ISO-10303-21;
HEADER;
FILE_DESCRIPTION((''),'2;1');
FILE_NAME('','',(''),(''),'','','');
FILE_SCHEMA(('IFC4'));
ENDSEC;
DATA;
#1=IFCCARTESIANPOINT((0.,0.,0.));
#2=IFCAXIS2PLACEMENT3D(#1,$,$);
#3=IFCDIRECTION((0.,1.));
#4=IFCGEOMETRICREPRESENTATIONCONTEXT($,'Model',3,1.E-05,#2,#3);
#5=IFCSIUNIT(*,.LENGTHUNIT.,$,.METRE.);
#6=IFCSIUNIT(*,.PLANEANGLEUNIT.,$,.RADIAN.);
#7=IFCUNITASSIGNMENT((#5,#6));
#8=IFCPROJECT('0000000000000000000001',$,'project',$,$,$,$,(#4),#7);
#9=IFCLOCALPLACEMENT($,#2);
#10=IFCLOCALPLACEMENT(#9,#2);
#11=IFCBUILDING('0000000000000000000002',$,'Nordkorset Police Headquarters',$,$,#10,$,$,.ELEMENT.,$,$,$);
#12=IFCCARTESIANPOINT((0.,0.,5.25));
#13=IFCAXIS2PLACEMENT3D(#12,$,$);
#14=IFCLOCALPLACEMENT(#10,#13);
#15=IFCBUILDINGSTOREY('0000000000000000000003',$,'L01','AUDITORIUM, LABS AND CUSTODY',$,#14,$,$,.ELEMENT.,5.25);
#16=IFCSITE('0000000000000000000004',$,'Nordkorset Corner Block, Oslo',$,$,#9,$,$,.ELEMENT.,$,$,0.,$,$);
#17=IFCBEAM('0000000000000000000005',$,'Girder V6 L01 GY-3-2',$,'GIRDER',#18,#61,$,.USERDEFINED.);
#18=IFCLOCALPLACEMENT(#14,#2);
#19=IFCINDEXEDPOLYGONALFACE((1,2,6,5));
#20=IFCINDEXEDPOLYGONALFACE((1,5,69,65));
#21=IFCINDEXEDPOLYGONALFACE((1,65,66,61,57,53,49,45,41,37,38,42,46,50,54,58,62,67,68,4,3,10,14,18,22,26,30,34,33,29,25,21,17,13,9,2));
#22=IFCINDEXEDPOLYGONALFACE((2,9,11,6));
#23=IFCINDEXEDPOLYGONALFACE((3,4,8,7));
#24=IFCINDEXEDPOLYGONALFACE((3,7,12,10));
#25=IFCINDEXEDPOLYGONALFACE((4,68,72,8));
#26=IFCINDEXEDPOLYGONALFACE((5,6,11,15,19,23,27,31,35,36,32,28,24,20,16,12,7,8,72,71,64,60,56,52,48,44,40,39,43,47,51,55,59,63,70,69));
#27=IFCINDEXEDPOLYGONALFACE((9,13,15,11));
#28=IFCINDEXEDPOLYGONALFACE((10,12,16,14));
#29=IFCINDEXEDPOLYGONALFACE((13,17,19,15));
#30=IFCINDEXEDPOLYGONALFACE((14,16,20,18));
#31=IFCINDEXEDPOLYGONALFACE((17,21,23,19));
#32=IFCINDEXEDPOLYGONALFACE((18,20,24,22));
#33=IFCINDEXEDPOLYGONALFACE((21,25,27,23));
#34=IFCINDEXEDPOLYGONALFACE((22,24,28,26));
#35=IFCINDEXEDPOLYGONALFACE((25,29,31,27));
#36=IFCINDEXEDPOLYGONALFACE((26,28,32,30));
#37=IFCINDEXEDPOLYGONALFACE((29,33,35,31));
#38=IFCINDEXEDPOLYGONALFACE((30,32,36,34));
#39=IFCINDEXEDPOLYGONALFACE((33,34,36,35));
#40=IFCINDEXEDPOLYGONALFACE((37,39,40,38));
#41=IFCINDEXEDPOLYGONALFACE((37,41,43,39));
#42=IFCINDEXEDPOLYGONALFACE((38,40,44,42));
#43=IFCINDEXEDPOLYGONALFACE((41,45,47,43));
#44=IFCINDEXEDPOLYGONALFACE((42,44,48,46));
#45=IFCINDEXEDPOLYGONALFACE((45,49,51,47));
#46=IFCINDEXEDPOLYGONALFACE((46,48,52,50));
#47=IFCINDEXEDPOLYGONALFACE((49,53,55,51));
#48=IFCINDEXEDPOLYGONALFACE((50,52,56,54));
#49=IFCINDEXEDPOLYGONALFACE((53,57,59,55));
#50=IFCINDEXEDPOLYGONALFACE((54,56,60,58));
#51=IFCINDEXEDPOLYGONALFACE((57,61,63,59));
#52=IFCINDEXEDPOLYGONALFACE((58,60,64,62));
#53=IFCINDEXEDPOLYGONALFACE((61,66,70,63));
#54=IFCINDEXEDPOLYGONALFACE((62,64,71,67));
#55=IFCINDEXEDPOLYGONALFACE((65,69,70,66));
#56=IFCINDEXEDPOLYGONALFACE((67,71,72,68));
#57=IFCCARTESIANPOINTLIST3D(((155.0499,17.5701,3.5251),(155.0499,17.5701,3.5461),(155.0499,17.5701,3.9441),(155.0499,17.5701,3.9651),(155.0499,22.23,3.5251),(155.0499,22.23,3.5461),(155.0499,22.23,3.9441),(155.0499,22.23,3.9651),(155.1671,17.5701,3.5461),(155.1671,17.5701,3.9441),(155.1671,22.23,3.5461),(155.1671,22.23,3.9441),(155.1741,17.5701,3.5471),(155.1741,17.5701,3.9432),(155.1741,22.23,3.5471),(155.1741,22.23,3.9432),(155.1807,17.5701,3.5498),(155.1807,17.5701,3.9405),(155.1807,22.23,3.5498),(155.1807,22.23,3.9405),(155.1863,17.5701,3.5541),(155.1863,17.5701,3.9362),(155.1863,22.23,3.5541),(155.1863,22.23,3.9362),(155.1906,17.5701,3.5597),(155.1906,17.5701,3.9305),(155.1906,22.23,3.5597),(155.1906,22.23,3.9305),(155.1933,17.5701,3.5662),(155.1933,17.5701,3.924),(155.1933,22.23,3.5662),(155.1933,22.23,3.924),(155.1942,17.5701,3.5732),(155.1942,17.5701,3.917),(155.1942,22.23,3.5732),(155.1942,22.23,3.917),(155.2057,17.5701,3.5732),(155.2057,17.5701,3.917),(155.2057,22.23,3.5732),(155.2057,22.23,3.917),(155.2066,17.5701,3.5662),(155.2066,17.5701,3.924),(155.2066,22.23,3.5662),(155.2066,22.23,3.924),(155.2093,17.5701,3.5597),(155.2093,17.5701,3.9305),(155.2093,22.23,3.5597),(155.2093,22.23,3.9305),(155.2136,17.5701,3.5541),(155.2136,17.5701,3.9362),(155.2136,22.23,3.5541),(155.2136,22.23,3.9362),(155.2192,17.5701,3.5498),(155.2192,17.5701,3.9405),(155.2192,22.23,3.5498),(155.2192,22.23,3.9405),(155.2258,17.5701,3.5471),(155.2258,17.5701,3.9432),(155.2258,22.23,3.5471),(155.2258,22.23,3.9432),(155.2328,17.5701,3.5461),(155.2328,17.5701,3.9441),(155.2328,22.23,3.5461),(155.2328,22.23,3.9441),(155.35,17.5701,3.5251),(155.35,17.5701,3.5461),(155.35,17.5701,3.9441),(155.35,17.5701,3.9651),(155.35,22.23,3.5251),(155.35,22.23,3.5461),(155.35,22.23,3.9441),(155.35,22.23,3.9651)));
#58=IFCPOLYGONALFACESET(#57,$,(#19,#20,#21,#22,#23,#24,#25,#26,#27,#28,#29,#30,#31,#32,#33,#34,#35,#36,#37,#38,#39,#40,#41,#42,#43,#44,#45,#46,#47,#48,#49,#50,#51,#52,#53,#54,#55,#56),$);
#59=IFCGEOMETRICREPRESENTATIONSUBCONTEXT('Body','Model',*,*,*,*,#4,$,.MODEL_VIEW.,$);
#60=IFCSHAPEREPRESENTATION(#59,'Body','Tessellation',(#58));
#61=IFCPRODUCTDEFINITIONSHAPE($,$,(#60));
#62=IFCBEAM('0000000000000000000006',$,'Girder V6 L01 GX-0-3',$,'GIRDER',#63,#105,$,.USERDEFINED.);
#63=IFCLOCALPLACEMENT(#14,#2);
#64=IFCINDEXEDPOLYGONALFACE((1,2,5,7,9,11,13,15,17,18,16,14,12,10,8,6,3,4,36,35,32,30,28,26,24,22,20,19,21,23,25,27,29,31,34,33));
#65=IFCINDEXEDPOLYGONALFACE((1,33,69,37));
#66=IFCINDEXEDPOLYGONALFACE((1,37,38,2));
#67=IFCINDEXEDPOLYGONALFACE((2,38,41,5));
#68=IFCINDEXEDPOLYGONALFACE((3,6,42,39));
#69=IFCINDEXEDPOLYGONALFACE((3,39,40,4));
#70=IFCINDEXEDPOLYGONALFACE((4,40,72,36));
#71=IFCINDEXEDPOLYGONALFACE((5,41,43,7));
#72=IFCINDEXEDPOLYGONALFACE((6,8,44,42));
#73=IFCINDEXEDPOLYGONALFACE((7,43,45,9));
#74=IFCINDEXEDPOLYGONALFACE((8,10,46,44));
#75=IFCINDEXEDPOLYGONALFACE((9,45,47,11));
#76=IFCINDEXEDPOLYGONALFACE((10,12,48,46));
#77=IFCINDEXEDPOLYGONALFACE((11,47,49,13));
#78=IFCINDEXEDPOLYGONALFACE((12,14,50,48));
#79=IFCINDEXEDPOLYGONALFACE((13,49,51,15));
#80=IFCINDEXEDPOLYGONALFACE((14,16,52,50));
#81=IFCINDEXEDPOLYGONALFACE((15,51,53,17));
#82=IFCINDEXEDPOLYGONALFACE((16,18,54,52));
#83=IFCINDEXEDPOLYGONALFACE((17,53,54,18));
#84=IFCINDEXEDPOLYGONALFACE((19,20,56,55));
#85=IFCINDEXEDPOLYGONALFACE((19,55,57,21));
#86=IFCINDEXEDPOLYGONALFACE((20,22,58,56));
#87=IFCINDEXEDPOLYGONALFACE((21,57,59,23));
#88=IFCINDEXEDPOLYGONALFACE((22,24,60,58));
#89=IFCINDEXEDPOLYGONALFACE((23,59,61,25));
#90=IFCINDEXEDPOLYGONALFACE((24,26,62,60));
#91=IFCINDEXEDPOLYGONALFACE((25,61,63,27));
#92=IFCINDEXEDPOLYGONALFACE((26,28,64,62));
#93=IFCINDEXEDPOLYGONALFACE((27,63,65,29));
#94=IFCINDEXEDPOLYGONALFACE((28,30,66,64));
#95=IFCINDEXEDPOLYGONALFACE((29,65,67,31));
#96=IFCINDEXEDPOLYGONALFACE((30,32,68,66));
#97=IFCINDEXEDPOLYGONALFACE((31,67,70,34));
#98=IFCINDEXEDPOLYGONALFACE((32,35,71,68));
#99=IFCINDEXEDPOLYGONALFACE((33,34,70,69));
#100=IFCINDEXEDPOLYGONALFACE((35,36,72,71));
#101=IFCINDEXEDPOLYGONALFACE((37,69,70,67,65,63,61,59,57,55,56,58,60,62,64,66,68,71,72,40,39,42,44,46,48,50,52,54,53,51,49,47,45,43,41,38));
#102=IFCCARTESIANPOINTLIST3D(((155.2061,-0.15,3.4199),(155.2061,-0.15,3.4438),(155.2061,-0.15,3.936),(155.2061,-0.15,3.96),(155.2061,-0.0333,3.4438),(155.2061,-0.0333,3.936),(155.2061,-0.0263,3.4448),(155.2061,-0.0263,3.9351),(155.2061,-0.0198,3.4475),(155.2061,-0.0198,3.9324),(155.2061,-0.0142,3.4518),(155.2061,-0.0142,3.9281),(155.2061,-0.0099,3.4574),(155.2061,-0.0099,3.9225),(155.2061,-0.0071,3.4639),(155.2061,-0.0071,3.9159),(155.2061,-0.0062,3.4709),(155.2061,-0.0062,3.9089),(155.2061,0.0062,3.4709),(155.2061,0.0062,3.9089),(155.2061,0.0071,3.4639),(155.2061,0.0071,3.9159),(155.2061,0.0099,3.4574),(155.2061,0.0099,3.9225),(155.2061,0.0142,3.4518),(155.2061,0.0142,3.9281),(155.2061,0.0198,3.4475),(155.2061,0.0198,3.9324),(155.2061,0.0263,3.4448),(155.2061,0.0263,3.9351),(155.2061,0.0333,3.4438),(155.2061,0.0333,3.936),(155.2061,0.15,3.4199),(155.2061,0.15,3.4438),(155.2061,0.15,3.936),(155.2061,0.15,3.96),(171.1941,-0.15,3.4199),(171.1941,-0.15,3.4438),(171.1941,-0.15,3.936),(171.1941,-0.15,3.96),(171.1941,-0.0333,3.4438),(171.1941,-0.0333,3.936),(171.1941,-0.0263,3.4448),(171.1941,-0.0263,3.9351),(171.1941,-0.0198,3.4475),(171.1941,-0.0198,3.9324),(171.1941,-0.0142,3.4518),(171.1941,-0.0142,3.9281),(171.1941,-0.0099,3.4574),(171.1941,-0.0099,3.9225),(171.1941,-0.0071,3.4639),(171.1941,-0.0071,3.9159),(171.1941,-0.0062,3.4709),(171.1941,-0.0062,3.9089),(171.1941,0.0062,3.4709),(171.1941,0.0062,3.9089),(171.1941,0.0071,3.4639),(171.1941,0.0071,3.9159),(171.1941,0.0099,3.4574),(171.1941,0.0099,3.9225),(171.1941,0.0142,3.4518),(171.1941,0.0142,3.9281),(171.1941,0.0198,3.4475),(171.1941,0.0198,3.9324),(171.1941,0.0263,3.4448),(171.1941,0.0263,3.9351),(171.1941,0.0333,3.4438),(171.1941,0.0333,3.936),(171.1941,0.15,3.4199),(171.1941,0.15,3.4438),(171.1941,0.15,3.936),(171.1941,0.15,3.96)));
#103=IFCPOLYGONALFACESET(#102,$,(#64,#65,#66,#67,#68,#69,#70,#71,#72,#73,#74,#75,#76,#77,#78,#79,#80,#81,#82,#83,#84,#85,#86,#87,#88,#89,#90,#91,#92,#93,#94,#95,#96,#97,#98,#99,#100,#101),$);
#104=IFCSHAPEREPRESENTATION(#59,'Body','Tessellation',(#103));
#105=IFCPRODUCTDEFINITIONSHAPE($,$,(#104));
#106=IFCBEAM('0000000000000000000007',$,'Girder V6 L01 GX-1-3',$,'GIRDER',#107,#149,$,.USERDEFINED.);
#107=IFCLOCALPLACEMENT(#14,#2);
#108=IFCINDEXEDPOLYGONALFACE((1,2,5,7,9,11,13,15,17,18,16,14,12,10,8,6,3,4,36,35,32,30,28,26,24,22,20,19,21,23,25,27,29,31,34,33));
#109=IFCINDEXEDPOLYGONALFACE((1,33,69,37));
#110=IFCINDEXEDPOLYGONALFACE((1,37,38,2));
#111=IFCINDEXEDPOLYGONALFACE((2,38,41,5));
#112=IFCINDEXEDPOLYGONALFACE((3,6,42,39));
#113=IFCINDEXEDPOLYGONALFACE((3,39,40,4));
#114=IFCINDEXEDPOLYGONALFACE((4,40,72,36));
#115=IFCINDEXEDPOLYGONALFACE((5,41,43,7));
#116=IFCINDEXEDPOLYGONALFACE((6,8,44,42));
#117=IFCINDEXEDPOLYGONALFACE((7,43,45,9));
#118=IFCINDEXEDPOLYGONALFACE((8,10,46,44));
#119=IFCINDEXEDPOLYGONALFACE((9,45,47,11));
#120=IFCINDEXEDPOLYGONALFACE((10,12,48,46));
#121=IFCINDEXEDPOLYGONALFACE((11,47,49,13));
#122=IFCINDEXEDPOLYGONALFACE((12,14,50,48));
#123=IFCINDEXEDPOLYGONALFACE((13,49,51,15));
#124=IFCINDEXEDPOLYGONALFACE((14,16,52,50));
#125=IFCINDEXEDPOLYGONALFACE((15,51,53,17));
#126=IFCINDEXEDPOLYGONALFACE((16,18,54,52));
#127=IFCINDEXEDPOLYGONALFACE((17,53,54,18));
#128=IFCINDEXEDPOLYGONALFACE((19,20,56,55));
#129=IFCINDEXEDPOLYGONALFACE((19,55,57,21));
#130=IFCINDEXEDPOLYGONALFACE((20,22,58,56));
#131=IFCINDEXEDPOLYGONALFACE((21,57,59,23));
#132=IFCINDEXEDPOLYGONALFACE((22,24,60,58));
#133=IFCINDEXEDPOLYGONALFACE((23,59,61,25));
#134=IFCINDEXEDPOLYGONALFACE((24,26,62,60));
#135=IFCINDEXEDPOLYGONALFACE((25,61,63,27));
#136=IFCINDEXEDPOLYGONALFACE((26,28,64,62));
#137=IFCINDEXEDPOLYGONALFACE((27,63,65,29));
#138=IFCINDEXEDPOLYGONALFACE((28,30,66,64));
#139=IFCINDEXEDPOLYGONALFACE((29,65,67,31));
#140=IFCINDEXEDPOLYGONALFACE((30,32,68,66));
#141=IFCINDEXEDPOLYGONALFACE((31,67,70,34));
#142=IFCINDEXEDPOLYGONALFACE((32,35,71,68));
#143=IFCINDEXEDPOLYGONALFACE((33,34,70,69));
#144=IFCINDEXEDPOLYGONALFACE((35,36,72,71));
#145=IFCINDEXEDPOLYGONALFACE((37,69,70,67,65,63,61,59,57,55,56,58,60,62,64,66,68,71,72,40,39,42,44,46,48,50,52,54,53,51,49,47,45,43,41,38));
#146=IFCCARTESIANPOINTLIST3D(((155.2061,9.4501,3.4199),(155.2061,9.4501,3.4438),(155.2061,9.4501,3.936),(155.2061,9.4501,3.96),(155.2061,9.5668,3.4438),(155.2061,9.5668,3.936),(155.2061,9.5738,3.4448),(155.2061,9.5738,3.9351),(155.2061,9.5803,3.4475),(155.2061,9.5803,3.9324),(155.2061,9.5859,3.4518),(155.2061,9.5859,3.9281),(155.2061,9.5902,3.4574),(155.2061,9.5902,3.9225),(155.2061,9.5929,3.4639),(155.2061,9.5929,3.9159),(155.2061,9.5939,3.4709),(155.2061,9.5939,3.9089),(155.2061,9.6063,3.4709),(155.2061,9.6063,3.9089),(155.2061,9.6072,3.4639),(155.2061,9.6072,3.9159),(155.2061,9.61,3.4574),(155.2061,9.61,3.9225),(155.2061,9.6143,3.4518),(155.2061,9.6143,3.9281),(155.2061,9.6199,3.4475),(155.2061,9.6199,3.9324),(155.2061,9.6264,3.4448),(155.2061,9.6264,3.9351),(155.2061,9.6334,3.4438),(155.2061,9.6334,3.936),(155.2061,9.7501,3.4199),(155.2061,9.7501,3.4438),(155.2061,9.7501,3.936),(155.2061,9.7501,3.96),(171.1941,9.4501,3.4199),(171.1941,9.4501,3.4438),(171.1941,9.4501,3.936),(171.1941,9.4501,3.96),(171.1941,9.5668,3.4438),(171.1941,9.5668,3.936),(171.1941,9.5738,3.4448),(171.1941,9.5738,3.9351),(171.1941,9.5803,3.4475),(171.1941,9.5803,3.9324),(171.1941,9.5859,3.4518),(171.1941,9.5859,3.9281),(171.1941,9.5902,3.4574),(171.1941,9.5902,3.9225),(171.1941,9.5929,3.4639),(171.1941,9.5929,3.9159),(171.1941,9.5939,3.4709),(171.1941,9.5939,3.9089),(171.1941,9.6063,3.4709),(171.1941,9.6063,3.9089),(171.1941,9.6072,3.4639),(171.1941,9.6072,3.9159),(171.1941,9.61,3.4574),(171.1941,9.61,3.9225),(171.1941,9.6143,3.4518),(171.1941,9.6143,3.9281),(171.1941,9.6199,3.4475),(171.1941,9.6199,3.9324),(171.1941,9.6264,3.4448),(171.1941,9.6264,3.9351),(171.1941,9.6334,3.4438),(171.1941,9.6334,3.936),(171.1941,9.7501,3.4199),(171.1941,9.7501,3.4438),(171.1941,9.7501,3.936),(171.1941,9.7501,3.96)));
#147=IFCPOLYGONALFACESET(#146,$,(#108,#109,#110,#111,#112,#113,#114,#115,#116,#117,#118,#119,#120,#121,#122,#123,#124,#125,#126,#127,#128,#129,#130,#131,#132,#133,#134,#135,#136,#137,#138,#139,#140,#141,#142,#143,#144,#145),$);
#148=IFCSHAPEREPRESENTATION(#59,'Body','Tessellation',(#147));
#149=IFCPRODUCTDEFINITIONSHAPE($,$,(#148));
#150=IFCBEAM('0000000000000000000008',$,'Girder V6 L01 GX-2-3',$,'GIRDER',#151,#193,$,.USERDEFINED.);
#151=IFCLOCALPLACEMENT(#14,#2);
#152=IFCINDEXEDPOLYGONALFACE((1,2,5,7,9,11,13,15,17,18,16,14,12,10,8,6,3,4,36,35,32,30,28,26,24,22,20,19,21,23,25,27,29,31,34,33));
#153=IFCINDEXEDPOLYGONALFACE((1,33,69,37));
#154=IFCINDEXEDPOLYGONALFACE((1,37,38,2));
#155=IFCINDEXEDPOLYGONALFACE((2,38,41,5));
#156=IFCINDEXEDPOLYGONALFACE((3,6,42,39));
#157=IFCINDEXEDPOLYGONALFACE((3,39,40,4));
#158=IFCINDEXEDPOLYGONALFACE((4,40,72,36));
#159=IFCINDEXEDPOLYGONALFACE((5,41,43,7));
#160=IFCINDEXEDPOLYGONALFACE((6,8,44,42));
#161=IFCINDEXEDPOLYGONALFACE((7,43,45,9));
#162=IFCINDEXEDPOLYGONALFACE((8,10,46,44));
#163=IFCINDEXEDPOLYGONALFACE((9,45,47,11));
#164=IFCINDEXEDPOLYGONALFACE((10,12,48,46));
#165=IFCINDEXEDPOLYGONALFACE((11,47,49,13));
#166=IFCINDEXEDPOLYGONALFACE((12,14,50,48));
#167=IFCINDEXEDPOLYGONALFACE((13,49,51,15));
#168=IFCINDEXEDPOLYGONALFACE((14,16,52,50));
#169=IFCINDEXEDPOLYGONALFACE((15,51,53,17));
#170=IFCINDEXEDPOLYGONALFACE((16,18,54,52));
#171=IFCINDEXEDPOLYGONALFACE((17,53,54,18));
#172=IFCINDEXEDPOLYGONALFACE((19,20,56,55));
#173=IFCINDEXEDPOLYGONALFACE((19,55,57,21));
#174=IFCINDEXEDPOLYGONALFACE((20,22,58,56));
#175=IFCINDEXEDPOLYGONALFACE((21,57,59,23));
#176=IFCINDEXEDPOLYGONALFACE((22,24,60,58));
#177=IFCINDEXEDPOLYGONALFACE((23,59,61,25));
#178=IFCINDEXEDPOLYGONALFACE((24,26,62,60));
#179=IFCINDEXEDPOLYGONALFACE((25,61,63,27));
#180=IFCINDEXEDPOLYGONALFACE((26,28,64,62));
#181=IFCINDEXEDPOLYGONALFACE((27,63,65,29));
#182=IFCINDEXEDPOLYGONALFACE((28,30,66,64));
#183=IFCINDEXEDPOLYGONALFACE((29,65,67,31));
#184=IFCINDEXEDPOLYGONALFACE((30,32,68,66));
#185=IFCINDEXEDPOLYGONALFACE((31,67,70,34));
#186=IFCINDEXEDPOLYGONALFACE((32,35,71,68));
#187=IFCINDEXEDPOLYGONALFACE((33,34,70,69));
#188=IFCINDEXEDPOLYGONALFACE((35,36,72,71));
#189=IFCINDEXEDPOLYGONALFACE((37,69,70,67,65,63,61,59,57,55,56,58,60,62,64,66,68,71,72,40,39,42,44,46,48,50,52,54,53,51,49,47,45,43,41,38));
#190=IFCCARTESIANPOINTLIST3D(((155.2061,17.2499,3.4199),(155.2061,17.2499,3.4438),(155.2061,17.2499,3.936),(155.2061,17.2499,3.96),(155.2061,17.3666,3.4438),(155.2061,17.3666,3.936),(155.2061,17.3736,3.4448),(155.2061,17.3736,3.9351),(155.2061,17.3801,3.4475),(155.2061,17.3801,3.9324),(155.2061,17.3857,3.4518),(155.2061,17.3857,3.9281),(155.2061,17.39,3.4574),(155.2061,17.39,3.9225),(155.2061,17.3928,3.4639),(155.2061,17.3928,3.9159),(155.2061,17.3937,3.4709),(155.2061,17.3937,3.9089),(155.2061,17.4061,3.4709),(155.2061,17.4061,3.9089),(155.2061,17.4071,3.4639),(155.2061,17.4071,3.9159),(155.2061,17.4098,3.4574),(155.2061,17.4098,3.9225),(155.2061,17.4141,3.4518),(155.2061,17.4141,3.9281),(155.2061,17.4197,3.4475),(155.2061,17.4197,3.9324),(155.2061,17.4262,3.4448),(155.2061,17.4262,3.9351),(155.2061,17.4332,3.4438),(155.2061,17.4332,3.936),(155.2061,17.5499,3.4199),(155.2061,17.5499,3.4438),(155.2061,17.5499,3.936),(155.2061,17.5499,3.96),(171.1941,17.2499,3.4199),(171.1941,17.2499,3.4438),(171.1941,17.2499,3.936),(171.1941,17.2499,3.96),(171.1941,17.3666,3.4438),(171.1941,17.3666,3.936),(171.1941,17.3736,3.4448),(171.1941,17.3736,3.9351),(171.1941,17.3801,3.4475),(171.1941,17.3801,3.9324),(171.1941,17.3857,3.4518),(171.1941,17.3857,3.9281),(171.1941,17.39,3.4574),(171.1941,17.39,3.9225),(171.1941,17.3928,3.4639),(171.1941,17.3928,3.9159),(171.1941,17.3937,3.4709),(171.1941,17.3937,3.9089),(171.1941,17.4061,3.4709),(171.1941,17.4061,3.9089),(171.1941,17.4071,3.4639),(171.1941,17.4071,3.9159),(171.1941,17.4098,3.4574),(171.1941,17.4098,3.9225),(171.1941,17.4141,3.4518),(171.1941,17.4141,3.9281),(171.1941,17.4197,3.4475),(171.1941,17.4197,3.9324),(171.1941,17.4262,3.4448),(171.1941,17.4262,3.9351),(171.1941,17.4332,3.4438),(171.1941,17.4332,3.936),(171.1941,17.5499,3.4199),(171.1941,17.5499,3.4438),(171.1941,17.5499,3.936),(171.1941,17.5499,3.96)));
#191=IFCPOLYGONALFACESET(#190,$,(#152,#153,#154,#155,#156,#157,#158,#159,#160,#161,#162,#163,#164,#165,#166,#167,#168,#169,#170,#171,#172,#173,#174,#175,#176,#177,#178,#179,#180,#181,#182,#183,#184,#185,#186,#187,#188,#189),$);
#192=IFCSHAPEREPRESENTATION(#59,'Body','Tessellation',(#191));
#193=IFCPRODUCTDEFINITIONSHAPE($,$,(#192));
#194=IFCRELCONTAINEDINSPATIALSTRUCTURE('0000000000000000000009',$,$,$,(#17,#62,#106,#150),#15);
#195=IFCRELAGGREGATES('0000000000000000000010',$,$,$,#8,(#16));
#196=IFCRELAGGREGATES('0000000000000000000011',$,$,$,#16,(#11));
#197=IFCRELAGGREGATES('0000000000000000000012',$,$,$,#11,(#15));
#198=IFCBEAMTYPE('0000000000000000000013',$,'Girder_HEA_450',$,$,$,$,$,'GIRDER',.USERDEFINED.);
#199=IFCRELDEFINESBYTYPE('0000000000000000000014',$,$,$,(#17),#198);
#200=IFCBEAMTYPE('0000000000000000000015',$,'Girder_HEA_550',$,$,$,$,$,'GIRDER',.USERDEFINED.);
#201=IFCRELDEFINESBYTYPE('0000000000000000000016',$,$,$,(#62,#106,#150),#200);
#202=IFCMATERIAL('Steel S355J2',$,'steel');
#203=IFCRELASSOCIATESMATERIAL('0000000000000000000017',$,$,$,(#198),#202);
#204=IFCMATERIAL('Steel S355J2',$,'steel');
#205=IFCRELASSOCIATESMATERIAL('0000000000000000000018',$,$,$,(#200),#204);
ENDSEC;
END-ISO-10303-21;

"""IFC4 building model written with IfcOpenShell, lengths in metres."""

from ifc_helpers import new_model, si_unit, direction, frame, origin, origin_2d, place, context, subcontext, project, spatial, i_section, extrude, material, material_profile, profile_set, type_object, element, save


model = new_model("IFC4")

# Units and contexts
model_context = context("Model", 3, precision=1e-05, world=origin(), true_north=direction((0.0, 1.0)))
body_context = subcontext(model_context, "Body", "Model", "MODEL_VIEW")
ifc_project = project(units=[si_unit("LENGTHUNIT", "METRE"), si_unit("PLANEANGLEUNIT", "RADIAN")], contexts=[model_context])

# Site, building, storey
site_placement = place(None, origin())
site = spatial("IfcSite", under=ifc_project, at=site_placement, Name="Nordkorset Corner Block, Oslo", CompositionType="ELEMENT", RefElevation=0.0)
building_placement = place(site_placement, origin())
building = spatial("IfcBuilding", under=site, at=building_placement, Name="Nordkorset Police Headquarters", CompositionType="ELEMENT")
storey_placement = place(building_placement, frame((0.0, 0.0, 5.25)))
storey = spatial("IfcBuildingStorey", under=building, at=storey_placement, Name="L01", Description="AUDITORIUM, LABS AND CUSTODY", CompositionType="ELEMENT", Elevation=5.25)

# Beams
ifc_material_1 = material(Name="Steel S355J2", Category="steel")
ifc_material_profile_1 = material_profile(ifc_material_1, i_section(OverallWidth=0.3, OverallDepth=0.4399, WebThickness=0.0115, FlangeThickness=0.021, FilletRadius=0.0271, at=origin_2d()), Name="HEA 450")
ifc_profile_set_1 = profile_set([ifc_material_profile_1], Name="Steel S355J2")
beam_type_1 = type_object("IfcBeamType", Name="Girder_HEA_450", ElementType="GIRDER", PredefinedType="USERDEFINED", material=ifc_profile_set_1)
beam_1_placement = place(storey_placement, frame((155.2, 17.5701, 3.7451), z_axis=(0.0, 1.0, 0.0), x_axis=(-1.0, 0.0, 0.0)))
element("IfcBeam", 1, at=beam_1_placement, inside=storey, type_object=beam_type_1, Name="Girder V6 L01 GY-3-2", ObjectType="GIRDER", PredefinedType="USERDEFINED", context=body_context, shape_type="SweptSolid", body=[
    extrude(i_section(OverallWidth=0.3, OverallDepth=0.4399, WebThickness=0.0115, FlangeThickness=0.021, FilletRadius=0.0271, at=origin_2d()), origin(), (0.0, 0.0, 1.0), 4.6599),
])
ifc_material_2 = material(Name="Steel S355J2", Category="steel")
ifc_material_profile_2 = material_profile(ifc_material_2, i_section(OverallWidth=0.3, OverallDepth=0.54, WebThickness=0.0125, FlangeThickness=0.0239, FilletRadius=0.0271, at=origin_2d()), Name="HEA 550")
ifc_profile_set_2 = profile_set([ifc_material_profile_2], Name="Steel S355J2")
beam_type_2 = type_object("IfcBeamType", Name="Girder_HEA_550", ElementType="GIRDER", PredefinedType="USERDEFINED", material=ifc_profile_set_2)
for number, where, z_axis, x_axis, name in (
    (2, (155.2061, 0.0, 3.6899), (1.0, 0.0, 0.0), (0.0, 1.0, 0.0), "Girder V6 L01 GX-0-3"),
    (3, (155.2061, 9.6001, 3.6899), (1.0, 0.0, 0.0), (0.0, 1.0, 0.0), "Girder V6 L01 GX-1-3"),
    (4, (155.2061, 17.3999, 3.6899), (1.0, 0.0, 0.0), (0.0, 1.0, 0.0), "Girder V6 L01 GX-2-3"),
):
    element("IfcBeam", number, at=place(storey_placement, frame(where, z_axis=z_axis, x_axis=x_axis)), inside=storey, type_object=beam_type_2, Name=name, ObjectType="GIRDER", PredefinedType="USERDEFINED", context=body_context, shape_type="SweptSolid", body=[
        extrude(i_section(OverallWidth=0.3, OverallDepth=0.54, WebThickness=0.0125, FlangeThickness=0.0239, FilletRadius=0.0271, at=origin_2d()), origin(), (0.0, 0.0, 1.0), 15.988),
    ])

save(model, "model.ifc")
